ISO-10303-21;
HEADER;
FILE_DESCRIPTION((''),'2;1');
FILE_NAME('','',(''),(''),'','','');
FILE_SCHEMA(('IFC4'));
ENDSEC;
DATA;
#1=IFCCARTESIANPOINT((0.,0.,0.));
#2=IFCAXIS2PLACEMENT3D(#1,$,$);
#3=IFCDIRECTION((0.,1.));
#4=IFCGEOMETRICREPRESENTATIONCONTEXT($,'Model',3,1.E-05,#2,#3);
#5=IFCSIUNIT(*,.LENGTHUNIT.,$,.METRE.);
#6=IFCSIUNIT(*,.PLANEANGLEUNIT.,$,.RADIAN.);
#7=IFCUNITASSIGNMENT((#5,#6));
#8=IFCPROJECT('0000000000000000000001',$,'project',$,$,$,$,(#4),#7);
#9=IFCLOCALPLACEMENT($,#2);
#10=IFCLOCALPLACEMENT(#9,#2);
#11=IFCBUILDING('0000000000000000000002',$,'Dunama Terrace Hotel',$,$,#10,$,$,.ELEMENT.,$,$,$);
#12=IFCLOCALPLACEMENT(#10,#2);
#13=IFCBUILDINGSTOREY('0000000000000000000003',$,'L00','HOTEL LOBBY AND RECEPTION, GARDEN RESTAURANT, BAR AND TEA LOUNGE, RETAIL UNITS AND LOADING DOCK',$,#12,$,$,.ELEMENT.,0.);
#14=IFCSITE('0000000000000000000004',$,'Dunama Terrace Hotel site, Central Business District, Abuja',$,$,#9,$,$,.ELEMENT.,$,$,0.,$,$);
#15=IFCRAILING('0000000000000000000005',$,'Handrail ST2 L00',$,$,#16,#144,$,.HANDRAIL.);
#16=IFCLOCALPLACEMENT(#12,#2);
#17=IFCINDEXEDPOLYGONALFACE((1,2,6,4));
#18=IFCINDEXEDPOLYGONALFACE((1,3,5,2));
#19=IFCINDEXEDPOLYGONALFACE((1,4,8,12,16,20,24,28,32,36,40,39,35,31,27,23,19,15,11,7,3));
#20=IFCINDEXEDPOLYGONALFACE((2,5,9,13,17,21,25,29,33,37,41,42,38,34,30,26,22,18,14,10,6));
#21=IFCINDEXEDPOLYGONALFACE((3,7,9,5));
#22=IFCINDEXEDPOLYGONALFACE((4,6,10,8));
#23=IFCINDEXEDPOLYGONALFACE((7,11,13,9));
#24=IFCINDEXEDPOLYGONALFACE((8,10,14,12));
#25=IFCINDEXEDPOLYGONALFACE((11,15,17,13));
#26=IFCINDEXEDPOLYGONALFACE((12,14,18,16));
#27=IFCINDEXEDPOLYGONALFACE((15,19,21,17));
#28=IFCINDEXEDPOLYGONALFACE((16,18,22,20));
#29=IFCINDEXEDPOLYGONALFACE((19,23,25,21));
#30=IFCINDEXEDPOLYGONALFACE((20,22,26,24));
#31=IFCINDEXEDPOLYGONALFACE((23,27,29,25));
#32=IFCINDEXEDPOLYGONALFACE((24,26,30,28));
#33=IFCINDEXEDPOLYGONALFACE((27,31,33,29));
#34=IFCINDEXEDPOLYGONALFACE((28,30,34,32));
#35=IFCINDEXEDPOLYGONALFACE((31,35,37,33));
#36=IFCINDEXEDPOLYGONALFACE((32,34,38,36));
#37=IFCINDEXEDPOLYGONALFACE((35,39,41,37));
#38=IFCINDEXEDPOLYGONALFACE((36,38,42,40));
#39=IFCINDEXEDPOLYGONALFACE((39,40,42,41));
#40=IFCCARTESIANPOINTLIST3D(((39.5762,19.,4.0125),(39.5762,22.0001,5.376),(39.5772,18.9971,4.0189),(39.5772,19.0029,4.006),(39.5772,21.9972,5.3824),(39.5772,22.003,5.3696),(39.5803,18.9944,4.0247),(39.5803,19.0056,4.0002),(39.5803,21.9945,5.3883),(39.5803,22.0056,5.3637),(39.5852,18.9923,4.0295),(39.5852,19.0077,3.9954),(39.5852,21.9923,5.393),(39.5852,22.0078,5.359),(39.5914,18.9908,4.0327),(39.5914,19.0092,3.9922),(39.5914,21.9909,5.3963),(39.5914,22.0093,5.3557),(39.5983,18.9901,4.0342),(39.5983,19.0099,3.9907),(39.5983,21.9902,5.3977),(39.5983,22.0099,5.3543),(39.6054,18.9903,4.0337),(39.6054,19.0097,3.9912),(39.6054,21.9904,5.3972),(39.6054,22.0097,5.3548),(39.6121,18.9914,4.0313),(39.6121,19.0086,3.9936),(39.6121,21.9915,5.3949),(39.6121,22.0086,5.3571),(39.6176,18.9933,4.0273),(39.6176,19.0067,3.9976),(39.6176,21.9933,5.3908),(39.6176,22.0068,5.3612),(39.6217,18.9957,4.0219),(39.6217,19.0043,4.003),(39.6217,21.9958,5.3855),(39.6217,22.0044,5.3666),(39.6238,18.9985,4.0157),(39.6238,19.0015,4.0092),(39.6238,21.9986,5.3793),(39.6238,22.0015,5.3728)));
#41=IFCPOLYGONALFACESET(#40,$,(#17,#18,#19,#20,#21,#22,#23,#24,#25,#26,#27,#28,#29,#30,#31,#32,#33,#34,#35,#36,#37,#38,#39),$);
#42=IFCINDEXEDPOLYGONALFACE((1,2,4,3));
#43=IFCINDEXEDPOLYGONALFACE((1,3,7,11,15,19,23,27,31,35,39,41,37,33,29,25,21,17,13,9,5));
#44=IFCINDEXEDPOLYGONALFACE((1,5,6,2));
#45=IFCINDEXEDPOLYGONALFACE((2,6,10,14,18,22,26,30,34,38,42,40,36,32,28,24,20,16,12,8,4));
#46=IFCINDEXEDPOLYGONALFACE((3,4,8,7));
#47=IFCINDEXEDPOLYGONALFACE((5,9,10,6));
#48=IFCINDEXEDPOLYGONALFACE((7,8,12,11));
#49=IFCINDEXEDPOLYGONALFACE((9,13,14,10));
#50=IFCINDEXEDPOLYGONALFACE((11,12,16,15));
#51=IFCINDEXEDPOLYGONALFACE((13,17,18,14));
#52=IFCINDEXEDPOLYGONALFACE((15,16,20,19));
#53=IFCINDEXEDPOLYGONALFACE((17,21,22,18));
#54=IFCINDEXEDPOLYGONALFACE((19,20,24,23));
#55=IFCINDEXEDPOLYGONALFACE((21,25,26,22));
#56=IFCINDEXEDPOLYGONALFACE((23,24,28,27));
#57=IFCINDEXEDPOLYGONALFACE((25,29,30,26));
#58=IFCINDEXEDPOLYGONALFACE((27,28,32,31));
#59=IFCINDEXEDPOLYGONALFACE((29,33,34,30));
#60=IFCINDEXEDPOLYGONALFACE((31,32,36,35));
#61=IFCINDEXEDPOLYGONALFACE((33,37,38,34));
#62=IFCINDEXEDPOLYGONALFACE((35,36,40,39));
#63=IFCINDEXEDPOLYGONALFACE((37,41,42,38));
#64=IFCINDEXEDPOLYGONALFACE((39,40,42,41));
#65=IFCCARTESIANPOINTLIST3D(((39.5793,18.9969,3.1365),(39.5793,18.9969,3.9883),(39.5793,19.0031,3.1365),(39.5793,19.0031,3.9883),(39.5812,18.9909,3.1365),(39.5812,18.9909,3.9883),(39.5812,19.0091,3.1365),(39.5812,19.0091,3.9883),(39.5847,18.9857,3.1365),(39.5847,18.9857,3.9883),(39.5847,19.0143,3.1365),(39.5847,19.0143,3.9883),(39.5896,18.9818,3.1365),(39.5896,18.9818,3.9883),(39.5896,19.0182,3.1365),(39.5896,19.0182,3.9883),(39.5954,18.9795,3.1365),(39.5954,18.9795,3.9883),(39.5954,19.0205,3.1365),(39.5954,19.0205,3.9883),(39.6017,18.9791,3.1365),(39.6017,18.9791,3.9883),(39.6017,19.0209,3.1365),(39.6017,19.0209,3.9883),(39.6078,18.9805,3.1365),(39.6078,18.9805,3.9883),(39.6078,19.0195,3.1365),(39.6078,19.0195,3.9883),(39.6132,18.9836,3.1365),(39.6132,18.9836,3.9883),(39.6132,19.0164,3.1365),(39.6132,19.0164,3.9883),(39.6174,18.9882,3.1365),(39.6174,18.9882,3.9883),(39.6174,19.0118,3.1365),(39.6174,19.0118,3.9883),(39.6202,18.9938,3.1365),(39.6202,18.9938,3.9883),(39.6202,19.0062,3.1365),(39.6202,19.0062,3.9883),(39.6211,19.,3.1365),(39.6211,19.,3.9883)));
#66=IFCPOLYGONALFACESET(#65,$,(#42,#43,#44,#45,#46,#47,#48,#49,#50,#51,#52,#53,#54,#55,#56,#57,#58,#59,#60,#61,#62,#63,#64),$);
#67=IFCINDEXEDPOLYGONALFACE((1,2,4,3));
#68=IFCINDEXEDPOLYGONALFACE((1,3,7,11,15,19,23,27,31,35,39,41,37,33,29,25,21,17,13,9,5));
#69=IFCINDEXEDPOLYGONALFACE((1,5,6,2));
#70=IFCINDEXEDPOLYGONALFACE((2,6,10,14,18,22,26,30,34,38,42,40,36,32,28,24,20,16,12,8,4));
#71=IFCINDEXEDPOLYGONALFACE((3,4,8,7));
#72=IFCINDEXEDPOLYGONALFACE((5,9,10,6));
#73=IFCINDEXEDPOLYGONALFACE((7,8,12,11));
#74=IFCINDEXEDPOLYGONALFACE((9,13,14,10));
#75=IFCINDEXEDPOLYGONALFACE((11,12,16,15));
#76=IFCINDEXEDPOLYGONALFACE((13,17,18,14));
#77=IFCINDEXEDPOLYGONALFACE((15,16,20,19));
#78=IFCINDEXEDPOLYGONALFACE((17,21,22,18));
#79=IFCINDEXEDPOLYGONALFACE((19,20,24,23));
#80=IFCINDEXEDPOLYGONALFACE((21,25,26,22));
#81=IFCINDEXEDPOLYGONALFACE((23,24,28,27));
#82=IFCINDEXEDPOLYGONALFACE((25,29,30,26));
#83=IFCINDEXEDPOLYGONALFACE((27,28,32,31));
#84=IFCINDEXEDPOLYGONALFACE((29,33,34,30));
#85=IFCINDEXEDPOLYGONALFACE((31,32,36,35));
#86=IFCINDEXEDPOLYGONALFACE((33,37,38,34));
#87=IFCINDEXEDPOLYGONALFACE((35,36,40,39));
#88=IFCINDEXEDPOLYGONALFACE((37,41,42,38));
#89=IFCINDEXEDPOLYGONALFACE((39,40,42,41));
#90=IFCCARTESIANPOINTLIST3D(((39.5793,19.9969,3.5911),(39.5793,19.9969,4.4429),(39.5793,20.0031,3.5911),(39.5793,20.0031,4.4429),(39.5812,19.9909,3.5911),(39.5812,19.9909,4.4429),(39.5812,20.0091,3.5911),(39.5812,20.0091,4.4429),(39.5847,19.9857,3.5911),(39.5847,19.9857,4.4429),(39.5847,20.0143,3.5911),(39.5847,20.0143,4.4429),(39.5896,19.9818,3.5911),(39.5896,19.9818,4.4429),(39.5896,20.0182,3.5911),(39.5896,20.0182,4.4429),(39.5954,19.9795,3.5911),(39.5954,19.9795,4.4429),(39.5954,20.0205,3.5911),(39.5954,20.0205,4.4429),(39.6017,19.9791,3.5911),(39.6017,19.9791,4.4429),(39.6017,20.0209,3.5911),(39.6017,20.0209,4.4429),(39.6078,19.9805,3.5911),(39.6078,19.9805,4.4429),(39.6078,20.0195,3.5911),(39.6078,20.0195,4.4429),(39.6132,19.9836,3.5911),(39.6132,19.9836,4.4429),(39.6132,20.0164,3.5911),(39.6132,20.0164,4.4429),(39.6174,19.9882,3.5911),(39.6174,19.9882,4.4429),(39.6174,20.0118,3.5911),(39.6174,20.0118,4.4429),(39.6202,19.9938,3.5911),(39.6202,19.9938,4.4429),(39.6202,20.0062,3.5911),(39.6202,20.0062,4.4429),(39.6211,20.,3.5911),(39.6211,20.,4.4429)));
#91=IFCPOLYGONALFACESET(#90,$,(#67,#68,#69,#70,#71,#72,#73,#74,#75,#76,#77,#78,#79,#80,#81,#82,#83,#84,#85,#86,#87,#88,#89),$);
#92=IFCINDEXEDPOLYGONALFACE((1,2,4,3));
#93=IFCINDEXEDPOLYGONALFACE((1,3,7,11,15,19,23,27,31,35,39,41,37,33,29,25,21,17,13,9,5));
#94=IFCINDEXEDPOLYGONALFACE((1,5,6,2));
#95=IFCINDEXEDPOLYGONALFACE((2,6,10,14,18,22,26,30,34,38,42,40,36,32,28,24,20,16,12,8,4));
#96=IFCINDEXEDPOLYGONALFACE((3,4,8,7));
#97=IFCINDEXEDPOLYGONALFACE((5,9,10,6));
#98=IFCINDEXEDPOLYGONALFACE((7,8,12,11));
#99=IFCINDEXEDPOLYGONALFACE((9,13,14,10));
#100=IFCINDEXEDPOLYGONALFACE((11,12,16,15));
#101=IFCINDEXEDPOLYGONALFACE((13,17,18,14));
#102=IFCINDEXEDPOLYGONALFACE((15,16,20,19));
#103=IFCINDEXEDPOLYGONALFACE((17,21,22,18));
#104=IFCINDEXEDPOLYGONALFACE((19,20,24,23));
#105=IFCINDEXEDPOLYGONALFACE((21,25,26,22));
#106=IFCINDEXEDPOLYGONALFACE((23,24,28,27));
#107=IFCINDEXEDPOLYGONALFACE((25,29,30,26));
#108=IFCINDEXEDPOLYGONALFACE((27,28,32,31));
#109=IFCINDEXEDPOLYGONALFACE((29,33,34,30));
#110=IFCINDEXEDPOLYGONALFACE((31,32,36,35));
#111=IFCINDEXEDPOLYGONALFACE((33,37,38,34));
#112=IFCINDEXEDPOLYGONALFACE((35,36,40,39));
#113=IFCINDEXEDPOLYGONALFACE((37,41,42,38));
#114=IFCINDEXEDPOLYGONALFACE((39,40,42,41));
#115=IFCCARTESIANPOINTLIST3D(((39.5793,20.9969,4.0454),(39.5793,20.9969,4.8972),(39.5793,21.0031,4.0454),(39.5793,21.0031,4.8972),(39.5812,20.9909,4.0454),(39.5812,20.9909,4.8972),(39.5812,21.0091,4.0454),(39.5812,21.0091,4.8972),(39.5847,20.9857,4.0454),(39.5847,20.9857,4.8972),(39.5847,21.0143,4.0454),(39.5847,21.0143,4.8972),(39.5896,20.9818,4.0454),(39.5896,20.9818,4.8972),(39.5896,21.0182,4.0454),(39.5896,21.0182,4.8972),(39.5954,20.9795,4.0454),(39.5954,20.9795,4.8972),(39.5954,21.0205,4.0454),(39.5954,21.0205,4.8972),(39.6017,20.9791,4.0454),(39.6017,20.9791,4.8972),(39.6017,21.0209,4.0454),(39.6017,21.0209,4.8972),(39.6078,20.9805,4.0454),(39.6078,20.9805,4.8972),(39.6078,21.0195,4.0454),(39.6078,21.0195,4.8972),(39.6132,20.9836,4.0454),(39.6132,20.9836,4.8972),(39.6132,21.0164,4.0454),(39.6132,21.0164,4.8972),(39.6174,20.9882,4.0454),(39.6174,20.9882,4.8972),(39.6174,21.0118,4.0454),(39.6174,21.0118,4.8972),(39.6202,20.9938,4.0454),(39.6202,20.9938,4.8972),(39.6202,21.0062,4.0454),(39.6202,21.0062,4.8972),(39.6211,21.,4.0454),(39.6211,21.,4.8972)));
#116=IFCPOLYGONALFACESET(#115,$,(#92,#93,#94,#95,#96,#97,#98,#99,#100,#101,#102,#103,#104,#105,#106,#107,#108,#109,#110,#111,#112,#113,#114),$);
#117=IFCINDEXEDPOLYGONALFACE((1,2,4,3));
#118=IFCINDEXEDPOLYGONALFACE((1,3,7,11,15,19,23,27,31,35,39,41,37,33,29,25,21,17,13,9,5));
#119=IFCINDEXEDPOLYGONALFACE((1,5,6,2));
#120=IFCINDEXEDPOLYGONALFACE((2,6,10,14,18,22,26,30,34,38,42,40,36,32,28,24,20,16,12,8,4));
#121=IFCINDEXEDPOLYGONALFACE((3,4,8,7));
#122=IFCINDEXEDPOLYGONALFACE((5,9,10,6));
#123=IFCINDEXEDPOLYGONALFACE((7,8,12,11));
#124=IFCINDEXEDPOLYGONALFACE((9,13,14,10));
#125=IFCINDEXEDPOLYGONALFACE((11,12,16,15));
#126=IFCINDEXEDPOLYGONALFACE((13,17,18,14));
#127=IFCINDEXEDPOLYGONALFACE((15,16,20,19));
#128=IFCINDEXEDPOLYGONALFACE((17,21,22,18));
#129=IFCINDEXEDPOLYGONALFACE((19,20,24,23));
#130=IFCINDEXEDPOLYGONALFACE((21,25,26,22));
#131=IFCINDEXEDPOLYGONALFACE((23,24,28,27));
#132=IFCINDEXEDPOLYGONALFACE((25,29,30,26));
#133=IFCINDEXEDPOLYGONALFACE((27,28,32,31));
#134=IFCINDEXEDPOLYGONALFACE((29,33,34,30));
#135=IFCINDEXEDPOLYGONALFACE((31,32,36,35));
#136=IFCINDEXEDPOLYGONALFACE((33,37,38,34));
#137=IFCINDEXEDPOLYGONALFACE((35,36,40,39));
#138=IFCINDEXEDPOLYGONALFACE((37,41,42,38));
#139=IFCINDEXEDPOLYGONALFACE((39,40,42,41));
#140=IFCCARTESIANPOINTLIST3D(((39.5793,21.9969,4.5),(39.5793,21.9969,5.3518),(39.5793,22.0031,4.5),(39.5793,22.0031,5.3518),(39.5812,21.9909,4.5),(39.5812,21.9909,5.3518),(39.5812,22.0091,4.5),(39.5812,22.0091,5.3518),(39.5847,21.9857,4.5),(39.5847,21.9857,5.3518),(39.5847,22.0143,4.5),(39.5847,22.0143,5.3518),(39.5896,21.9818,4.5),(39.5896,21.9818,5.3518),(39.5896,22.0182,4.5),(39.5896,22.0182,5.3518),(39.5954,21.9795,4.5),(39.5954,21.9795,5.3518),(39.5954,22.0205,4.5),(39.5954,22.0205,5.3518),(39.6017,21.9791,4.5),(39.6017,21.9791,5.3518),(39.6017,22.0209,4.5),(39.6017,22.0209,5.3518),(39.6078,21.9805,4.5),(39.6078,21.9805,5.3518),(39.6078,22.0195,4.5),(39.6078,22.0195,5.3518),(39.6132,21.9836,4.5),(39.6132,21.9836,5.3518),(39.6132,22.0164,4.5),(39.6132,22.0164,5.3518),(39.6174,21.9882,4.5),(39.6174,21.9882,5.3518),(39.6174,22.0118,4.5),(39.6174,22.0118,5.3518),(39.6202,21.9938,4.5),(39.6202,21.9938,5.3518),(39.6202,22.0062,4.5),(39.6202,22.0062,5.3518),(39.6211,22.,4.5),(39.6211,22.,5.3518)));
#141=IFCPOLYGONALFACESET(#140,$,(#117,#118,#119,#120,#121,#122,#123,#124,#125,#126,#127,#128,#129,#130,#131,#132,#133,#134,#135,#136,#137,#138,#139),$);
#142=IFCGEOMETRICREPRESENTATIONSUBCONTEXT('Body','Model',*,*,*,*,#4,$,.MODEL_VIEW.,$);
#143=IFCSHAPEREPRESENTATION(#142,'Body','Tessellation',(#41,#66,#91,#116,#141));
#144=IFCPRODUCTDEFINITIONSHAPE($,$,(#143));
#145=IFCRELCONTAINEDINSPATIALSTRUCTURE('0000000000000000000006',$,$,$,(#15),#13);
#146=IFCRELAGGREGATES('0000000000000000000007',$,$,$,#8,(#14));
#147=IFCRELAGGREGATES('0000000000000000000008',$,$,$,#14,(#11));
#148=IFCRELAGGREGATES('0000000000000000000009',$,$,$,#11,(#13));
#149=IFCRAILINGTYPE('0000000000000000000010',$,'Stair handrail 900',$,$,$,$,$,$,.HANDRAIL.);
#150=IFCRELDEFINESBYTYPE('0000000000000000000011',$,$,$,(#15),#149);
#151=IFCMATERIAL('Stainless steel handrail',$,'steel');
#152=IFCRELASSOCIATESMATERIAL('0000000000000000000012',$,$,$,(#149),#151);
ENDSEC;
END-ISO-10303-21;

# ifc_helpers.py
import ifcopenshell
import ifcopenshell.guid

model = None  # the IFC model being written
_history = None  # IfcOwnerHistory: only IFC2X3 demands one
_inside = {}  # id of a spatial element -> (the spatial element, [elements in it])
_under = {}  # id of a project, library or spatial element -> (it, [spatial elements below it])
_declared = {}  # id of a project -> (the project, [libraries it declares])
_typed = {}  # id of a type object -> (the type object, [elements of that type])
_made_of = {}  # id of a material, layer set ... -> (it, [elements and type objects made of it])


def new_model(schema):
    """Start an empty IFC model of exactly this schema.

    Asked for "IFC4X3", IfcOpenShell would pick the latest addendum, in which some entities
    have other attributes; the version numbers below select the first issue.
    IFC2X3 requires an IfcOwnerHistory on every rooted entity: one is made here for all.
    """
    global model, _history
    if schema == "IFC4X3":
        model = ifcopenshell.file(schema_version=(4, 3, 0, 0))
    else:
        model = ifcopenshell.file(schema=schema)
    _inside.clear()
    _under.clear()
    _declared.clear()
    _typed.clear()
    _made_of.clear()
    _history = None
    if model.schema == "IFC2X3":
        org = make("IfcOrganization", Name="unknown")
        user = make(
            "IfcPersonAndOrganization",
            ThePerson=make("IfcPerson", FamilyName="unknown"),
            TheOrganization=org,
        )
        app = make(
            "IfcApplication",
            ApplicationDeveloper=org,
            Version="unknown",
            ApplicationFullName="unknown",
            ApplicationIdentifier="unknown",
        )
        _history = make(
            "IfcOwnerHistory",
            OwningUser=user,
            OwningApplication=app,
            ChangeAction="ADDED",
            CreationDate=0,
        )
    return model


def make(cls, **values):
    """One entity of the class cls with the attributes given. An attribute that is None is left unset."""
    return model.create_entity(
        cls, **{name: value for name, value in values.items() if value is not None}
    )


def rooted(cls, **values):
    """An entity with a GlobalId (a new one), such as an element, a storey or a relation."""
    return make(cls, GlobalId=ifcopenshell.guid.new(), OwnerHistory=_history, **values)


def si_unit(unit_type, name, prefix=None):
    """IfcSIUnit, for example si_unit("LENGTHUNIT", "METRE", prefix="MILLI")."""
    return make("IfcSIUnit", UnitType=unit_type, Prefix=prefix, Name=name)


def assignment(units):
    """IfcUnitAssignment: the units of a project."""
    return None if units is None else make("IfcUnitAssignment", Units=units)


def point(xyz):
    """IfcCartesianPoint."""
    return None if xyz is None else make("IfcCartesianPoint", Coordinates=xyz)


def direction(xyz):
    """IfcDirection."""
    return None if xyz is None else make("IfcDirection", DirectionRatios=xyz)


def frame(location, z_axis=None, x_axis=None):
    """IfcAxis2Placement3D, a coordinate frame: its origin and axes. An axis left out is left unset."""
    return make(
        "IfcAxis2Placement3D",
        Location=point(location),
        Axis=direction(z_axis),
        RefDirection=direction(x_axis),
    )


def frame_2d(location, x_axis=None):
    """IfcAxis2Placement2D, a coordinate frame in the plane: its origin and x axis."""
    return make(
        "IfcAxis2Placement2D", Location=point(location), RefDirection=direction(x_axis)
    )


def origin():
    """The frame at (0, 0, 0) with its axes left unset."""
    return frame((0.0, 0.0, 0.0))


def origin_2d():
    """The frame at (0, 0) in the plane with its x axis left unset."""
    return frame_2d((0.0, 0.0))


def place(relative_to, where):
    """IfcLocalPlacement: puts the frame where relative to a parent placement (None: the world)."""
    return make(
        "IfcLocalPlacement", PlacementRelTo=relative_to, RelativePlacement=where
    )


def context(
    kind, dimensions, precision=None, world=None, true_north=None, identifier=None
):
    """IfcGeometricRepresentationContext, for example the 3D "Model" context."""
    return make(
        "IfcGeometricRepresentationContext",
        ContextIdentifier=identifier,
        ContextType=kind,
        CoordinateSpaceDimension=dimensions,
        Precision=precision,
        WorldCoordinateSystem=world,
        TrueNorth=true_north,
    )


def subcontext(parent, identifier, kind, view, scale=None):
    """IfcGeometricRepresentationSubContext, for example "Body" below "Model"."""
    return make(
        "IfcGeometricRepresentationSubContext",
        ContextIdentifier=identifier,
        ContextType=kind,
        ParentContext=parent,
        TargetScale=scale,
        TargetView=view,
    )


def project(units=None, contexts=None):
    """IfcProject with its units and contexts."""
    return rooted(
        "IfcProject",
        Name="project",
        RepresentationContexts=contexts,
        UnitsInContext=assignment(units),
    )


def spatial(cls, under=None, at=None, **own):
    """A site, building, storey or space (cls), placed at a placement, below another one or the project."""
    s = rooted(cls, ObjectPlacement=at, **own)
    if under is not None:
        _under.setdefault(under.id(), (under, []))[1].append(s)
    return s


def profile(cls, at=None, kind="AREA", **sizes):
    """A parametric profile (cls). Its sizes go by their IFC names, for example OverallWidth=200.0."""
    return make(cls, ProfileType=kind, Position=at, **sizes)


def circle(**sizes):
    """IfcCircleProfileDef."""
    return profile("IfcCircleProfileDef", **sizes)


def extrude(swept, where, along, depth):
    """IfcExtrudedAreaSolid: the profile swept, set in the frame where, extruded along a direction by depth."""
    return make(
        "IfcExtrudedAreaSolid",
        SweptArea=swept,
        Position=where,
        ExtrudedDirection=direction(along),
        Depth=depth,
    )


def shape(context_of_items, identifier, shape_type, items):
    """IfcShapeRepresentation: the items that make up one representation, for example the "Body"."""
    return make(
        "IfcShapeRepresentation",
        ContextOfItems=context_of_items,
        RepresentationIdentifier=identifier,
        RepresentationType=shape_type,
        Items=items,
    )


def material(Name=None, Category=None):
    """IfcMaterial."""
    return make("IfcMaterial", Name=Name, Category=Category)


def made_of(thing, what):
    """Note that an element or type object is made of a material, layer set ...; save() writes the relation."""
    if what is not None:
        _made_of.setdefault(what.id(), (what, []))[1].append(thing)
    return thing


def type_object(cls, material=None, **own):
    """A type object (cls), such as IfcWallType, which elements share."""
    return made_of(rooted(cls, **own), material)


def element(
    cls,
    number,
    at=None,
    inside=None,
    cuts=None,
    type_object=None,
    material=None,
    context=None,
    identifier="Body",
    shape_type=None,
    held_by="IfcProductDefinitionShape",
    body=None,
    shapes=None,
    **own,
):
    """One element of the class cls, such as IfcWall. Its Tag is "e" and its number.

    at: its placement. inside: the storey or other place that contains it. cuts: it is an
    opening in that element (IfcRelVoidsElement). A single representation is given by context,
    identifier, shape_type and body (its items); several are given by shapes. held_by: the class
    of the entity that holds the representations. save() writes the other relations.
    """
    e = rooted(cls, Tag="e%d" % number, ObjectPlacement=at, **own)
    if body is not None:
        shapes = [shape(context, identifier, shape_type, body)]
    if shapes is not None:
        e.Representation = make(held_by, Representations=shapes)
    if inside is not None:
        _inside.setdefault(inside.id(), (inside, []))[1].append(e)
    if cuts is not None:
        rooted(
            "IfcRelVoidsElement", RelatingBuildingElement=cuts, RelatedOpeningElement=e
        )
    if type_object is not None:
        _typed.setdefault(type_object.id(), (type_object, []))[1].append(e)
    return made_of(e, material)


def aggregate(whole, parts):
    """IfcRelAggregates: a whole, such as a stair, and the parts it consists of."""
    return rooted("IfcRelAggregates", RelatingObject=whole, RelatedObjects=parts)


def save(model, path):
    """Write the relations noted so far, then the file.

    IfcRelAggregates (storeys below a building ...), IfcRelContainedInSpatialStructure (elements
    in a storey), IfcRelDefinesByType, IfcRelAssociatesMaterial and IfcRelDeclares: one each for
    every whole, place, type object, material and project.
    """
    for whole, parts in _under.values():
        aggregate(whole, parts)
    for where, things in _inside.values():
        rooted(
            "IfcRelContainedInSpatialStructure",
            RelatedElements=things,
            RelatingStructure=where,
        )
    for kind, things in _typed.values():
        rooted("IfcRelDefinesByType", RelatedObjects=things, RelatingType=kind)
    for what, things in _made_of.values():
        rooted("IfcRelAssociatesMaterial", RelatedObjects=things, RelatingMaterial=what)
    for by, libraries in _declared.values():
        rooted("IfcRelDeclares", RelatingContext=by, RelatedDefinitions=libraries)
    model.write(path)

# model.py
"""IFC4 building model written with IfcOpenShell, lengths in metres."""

from ifc_helpers import new_model, si_unit, direction, frame, origin, origin_2d, place, context, subcontext, project, spatial, circle, extrude, material, type_object, element, save


model = new_model("IFC4")

# Units and contexts
model_context = context("Model", 3, precision=1e-05, world=origin(), true_north=direction((0.0, 1.0)))
body_context = subcontext(model_context, "Body", "Model", "MODEL_VIEW")
ifc_project = project(units=[si_unit("LENGTHUNIT", "METRE"), si_unit("PLANEANGLEUNIT", "RADIAN")], contexts=[model_context])

# Site, building, storey
site_placement = place(None, origin())
site = spatial("IfcSite", under=ifc_project, at=site_placement, Name="Dunama Terrace Hotel site, Central Business District, Abuja", CompositionType="ELEMENT", RefElevation=0.0)
building_placement = place(site_placement, origin())
building = spatial("IfcBuilding", under=site, at=building_placement, Name="Dunama Terrace Hotel", CompositionType="ELEMENT")
storey_placement = place(building_placement, origin())
storey = spatial("IfcBuildingStorey", under=building, at=storey_placement, Name="L00", Description="HOTEL LOBBY AND RECEPTION, GARDEN RESTAURANT, BAR AND TEA LOUNGE, RETAIL UNITS AND LOADING DOCK", CompositionType="ELEMENT", Elevation=0.0)

# Railing
ifc_material_1 = material(Name="Stainless steel handrail", Category="steel")
railing_type = type_object("IfcRailingType", Name="Stair handrail 900", PredefinedType="HANDRAIL", material=ifc_material_1)
railing_1_placement = place(storey_placement, frame((39.6001, 19.0, 3.1365)))
element("IfcRailing", 1, at=railing_1_placement, inside=storey, type_object=railing_type, Name="Handrail ST2 L00", PredefinedType="HANDRAIL", context=body_context, shape_type="SweptSolid", body=[
    extrude(circle(Radius=0.0239, at=origin_2d()), frame((0.0, 0.0, 0.876), z_axis=(0.0, 0.910379, 0.413775), x_axis=(-1.0, 0.0, 0.0)), (0.0, 0.0, 1.0), 3.2954),
    extrude(circle(Radius=0.021, at=origin_2d()), origin(), (0.0, 0.0, 1.0), 0.8518),
    extrude(circle(Radius=0.021, at=origin_2d()), frame((0.0, 1.0, 0.4546)), (0.0, 0.0, 1.0), 0.8518),
    extrude(circle(Radius=0.021, at=origin_2d()), frame((0.0, 2.0, 0.9089)), (0.0, 0.0, 1.0), 0.8518),
    extrude(circle(Radius=0.021, at=origin_2d()), frame((0.0, 3.0, 1.3635)), (0.0, 0.0, 1.0), 0.8518),
])

save(model, "model.ifc")
